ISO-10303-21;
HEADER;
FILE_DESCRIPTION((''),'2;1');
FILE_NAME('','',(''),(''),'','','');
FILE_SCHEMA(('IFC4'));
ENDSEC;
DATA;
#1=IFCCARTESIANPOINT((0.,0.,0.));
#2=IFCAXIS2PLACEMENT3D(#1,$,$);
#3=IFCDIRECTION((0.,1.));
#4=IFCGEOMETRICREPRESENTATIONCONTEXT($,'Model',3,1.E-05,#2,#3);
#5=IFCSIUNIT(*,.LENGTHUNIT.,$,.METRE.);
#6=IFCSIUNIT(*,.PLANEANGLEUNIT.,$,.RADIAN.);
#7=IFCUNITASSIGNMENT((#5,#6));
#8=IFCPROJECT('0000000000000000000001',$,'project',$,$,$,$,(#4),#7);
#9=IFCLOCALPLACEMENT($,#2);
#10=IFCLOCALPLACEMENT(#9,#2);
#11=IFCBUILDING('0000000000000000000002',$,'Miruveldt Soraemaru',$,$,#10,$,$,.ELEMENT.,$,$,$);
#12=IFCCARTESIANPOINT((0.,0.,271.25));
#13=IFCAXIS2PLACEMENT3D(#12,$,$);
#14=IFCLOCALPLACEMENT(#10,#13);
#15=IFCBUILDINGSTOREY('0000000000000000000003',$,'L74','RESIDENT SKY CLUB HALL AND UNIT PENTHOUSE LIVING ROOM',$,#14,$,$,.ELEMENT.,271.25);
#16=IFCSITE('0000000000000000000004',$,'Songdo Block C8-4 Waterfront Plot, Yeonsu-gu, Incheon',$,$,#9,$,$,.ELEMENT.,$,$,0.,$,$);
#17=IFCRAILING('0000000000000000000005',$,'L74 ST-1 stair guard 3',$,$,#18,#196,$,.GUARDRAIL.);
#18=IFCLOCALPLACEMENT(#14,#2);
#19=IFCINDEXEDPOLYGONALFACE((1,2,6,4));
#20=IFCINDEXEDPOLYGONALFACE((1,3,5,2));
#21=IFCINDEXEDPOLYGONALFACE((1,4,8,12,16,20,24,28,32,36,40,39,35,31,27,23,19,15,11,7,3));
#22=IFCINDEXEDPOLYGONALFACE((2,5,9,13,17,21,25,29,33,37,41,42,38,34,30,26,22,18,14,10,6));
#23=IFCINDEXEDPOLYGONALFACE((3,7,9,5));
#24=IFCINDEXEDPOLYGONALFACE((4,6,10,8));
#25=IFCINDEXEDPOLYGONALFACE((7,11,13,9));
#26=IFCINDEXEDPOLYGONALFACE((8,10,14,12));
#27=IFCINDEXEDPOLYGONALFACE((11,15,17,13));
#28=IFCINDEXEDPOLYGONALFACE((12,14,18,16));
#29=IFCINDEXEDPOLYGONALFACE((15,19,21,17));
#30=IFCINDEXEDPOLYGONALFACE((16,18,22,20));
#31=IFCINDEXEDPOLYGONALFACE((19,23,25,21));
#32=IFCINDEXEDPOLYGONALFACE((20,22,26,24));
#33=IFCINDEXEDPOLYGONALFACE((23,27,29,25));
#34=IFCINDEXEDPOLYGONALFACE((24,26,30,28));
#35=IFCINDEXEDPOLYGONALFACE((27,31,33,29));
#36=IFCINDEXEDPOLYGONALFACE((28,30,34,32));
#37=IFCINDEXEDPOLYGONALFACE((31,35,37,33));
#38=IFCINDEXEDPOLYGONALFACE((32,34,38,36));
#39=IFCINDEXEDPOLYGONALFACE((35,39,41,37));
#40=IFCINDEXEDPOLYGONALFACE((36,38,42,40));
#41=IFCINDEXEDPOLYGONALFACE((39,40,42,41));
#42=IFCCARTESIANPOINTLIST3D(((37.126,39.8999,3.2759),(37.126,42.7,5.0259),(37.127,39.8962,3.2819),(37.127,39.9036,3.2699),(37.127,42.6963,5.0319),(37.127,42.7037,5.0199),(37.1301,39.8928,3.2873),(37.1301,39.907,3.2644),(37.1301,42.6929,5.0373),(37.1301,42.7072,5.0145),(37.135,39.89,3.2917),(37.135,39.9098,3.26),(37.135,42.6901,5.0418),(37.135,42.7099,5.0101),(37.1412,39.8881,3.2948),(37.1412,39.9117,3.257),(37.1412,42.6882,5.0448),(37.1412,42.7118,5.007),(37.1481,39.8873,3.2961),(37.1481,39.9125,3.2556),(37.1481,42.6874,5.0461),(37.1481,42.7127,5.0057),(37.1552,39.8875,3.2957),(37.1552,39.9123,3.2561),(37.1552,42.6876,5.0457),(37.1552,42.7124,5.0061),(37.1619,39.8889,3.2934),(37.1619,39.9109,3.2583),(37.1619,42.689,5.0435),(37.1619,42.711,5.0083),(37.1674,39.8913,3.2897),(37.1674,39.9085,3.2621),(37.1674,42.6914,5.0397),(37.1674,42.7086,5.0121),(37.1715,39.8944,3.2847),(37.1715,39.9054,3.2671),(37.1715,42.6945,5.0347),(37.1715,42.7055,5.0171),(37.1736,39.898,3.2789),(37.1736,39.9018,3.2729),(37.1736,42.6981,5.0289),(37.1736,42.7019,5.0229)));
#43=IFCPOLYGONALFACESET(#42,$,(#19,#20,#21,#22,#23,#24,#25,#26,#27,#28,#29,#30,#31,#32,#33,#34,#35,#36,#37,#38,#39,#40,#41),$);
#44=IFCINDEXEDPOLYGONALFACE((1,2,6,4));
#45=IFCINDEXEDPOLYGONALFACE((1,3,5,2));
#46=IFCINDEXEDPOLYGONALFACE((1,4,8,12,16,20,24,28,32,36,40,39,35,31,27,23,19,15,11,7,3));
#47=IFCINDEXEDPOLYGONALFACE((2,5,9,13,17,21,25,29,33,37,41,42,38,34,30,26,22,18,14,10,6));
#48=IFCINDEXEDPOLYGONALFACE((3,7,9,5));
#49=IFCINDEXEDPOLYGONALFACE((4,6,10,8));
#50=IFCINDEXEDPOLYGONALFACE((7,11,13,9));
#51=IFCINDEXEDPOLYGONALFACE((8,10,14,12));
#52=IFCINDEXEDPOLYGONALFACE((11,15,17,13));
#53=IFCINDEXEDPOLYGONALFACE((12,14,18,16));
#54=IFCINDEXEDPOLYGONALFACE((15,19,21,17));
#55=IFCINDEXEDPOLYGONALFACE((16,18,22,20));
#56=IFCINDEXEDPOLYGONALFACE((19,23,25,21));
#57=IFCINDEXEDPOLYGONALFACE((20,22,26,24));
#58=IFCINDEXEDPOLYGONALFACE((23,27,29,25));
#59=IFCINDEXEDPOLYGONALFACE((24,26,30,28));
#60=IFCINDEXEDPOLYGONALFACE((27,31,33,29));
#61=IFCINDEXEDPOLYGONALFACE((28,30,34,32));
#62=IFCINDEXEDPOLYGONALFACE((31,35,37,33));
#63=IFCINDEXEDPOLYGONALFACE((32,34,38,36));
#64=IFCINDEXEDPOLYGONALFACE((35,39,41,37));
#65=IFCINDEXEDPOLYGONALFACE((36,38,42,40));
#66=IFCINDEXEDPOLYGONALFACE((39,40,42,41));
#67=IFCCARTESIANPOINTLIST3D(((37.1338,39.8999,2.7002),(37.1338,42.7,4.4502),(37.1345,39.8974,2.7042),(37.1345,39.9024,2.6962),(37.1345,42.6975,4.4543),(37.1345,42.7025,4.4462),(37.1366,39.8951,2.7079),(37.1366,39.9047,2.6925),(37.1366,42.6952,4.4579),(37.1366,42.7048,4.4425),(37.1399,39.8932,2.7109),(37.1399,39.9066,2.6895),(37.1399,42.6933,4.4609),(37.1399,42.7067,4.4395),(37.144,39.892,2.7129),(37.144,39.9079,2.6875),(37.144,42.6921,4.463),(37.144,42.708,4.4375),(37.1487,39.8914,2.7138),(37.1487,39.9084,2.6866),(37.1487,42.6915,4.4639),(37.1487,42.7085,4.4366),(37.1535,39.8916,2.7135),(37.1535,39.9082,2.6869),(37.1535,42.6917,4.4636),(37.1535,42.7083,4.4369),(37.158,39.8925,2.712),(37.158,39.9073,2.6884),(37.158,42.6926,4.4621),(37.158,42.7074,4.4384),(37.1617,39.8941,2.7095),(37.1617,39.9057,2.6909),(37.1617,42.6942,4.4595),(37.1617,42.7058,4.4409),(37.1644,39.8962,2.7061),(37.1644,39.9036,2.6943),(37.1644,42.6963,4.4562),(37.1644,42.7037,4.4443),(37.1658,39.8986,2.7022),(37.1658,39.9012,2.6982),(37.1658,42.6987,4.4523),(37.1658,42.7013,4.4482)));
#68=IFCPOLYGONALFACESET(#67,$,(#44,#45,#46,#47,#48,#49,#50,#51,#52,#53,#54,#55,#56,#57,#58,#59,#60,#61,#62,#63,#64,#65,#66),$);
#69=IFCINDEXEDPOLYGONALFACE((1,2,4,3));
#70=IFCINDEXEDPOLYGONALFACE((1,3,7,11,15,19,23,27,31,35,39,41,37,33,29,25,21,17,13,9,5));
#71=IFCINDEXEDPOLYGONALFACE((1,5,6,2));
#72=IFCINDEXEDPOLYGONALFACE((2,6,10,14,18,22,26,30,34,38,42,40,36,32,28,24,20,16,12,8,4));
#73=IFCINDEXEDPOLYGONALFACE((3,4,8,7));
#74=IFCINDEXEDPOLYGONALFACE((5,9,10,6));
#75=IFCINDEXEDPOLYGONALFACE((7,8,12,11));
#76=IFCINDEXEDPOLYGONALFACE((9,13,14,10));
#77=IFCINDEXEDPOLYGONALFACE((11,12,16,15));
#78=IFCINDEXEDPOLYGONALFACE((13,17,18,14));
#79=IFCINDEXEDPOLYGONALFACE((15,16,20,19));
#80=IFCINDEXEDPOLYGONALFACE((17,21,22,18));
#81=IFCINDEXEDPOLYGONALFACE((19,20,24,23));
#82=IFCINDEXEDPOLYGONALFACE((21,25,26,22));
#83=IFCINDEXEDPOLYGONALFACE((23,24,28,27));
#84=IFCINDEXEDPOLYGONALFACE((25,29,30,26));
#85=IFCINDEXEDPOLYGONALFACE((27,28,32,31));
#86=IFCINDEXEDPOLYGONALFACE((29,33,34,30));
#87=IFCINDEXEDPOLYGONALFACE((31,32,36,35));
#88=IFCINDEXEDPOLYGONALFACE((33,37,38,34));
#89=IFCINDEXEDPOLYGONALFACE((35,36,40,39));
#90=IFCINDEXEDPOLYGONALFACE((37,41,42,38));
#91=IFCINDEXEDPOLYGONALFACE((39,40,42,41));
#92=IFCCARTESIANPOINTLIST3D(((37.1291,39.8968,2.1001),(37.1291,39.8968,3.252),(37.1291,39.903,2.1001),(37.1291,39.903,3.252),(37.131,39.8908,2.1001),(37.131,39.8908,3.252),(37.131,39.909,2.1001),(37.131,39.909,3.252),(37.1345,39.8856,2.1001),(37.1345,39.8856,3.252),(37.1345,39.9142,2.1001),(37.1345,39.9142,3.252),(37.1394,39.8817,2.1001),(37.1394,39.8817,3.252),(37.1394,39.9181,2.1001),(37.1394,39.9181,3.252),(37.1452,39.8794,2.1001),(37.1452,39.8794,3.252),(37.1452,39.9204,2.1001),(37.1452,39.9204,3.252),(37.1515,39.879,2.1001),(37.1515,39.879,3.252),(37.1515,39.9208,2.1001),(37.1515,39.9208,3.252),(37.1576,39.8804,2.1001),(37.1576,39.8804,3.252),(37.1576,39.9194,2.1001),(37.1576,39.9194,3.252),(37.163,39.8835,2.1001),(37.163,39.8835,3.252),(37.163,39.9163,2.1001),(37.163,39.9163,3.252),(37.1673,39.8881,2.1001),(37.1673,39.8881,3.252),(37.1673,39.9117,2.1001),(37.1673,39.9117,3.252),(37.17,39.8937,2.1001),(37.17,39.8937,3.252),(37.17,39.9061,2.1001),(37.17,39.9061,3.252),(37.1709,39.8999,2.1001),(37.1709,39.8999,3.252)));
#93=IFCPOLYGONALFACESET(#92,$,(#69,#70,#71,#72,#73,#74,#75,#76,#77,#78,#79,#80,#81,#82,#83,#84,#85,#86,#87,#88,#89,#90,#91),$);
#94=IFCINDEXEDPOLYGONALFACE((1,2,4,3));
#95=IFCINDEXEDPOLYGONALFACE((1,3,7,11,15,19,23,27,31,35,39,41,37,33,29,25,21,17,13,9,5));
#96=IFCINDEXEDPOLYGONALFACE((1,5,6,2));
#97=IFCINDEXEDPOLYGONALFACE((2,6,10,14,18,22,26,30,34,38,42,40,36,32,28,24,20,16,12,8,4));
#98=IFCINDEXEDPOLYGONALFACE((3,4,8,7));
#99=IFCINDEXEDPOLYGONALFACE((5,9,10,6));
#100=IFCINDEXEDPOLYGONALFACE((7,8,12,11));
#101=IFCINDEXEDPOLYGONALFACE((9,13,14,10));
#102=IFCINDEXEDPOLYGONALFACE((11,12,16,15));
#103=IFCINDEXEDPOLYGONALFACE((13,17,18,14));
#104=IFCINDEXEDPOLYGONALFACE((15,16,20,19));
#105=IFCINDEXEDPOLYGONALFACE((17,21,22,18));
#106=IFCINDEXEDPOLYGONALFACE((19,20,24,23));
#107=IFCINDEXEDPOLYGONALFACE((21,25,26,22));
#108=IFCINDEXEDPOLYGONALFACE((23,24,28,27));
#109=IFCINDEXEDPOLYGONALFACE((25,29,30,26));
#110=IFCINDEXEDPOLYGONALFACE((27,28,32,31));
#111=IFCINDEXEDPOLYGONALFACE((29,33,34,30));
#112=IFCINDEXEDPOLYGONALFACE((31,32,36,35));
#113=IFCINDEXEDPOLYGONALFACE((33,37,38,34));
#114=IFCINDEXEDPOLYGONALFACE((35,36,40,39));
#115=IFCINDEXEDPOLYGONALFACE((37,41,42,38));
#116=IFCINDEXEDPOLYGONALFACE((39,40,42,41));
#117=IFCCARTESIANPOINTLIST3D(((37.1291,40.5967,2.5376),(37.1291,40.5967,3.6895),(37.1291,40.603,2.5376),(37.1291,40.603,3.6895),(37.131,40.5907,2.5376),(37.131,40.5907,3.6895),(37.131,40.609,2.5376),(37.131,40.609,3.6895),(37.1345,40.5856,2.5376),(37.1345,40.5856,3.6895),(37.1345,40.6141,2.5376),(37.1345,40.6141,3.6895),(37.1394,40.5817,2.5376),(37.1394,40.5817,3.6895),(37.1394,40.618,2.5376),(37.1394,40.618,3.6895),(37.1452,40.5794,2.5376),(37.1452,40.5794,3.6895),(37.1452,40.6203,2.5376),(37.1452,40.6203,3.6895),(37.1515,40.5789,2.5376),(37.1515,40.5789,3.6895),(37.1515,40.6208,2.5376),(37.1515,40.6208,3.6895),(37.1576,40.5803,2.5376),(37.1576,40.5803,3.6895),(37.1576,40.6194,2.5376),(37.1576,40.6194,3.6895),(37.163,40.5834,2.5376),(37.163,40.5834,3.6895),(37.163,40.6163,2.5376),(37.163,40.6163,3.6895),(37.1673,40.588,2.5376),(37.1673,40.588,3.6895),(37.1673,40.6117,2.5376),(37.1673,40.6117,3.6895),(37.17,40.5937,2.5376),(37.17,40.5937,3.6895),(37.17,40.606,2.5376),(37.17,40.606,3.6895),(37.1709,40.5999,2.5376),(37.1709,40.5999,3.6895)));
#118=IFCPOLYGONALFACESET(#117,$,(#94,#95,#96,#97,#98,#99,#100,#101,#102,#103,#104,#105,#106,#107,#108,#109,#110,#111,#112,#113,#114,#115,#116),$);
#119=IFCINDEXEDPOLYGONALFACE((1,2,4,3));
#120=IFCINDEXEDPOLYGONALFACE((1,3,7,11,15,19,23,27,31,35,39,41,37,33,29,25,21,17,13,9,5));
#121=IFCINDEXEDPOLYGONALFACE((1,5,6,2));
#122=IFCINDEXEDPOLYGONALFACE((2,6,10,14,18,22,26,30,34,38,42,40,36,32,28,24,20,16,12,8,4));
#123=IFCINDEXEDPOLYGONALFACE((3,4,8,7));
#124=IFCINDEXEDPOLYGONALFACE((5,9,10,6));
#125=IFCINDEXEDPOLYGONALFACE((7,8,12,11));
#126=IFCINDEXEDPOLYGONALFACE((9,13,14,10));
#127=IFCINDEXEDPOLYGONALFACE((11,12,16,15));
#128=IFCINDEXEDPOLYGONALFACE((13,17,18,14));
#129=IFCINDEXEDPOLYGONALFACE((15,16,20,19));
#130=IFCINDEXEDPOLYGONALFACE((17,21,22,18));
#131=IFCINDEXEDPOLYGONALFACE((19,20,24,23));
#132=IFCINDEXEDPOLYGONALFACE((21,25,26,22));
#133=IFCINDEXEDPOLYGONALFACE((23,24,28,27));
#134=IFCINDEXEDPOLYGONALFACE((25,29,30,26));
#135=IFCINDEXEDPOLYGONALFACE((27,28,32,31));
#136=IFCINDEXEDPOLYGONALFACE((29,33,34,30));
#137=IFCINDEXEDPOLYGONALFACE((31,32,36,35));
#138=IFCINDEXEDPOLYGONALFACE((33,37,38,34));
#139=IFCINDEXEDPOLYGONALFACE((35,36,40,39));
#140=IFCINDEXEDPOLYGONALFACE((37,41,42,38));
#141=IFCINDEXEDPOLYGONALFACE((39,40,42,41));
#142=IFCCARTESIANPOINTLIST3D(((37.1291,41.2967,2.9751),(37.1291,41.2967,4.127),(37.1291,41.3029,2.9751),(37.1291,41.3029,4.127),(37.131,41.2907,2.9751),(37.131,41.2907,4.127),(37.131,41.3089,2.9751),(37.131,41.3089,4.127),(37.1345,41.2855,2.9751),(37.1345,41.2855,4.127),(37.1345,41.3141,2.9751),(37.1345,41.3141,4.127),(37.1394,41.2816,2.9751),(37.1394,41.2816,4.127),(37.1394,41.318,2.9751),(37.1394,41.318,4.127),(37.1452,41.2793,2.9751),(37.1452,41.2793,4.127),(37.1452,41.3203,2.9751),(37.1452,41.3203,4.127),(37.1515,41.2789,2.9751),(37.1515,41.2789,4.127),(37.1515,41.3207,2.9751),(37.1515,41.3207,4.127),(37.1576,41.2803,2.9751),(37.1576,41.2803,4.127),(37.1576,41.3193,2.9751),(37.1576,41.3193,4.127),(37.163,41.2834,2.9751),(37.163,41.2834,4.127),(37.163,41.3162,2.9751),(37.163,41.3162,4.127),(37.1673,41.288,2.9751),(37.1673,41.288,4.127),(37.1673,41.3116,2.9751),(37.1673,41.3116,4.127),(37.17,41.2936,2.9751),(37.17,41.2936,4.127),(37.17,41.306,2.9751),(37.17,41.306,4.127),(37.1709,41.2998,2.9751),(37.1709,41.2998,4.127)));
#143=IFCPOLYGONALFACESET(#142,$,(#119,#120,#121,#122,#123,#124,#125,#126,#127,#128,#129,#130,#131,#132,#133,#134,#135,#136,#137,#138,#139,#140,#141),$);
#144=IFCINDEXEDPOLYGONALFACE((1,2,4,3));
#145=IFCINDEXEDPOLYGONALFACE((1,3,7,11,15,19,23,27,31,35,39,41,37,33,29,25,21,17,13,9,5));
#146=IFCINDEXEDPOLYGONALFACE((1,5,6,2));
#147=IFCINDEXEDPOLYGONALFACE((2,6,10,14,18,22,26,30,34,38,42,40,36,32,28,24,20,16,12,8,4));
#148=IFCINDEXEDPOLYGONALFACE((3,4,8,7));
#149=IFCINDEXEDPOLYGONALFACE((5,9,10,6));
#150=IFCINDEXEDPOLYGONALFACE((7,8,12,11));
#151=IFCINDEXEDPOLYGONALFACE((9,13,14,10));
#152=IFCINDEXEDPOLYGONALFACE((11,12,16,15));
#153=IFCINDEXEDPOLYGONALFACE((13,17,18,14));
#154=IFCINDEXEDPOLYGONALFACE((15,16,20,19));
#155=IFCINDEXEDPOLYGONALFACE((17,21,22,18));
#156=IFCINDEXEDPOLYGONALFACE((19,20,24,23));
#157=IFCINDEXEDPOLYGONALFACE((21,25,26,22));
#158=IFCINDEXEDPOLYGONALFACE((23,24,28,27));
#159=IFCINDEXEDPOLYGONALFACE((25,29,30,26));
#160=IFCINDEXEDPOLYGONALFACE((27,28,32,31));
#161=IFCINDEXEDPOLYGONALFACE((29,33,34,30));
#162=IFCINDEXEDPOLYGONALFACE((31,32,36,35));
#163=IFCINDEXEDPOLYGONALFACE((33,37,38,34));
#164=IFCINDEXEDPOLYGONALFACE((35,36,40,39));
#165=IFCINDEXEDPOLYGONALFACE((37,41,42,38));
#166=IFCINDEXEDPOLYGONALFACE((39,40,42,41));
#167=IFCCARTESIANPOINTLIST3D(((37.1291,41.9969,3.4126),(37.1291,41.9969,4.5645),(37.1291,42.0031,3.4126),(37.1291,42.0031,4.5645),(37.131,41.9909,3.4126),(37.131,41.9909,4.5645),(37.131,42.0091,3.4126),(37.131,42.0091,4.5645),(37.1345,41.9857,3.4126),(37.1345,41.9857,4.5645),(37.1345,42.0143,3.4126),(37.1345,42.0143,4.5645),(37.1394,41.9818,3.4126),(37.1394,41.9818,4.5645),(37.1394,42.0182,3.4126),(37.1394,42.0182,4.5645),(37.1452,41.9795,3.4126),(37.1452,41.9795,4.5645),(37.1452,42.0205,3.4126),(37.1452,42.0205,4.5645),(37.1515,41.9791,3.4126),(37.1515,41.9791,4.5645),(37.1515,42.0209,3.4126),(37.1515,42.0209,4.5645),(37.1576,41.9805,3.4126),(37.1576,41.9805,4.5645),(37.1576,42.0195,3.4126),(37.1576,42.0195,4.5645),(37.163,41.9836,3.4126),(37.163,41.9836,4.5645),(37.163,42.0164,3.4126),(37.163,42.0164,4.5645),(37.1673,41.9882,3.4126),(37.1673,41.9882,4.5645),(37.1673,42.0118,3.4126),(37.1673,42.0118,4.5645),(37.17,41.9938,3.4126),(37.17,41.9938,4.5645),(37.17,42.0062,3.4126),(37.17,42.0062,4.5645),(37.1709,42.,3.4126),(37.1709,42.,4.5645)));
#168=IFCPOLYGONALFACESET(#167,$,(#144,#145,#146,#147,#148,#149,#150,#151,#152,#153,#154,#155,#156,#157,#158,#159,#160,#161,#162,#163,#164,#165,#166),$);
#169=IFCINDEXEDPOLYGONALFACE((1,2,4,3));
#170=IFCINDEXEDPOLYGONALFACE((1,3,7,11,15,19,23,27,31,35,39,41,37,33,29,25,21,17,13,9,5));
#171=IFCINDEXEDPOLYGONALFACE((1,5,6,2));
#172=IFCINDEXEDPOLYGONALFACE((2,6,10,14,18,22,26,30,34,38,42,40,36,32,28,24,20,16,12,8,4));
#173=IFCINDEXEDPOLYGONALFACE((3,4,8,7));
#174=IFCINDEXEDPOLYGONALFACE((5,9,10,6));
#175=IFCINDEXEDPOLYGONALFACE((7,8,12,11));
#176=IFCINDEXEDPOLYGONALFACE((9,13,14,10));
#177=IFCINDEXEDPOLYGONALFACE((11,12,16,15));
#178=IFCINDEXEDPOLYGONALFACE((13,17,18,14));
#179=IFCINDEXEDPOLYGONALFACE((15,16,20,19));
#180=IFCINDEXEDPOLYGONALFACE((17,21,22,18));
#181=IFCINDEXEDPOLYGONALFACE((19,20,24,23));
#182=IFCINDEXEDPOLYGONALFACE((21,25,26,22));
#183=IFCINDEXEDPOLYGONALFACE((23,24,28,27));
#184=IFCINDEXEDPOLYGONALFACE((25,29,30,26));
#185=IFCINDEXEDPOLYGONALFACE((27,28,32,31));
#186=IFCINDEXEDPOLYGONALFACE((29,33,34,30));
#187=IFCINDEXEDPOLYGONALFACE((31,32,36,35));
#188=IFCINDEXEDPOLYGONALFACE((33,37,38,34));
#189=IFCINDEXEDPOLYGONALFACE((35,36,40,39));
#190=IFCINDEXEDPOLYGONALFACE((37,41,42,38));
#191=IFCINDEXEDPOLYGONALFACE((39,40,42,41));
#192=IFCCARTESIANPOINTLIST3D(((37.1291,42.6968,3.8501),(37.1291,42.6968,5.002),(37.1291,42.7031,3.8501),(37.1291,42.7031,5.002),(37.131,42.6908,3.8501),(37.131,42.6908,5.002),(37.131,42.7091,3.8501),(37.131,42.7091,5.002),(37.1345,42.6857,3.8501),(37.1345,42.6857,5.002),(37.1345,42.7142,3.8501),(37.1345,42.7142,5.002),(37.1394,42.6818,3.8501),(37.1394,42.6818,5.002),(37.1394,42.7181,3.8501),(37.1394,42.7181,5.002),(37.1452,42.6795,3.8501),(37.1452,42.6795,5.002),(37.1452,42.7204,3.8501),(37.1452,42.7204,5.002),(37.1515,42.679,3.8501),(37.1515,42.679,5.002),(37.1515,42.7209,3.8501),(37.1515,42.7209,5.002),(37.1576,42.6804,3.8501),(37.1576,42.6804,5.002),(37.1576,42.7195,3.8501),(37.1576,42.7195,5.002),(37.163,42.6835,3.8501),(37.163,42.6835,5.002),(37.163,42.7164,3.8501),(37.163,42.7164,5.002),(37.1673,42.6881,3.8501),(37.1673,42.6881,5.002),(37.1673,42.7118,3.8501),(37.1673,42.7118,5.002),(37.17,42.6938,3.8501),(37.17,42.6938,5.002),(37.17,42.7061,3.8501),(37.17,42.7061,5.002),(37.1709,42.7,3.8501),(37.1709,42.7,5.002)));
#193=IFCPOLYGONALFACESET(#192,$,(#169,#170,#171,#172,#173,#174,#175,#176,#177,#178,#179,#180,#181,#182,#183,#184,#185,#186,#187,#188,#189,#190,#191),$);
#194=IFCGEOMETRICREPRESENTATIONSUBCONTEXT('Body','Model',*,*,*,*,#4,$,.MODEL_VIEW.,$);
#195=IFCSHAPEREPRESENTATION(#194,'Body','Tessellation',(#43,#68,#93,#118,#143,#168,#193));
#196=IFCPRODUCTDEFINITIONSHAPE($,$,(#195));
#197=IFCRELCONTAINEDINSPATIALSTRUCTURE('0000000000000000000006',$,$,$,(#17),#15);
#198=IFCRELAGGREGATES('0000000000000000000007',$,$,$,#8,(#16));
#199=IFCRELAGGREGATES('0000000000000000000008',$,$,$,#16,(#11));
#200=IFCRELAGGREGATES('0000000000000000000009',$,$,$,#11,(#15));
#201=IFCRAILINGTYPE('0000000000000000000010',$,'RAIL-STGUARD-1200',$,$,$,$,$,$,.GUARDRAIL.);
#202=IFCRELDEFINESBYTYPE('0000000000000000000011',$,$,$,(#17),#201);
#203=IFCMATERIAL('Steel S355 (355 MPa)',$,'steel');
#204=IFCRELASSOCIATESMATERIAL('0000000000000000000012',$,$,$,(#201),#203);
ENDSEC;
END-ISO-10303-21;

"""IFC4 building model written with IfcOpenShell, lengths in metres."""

from ifc_helpers import new_model, si_unit, direction, frame, origin, origin_2d, place, context, subcontext, project, spatial, circle, extrude, material, type_object, element, save


model = new_model("IFC4")

# Units and contexts
model_context = context("Model", 3, precision=1e-05, world=origin(), true_north=direction((0.0, 1.0)))
body_context = subcontext(model_context, "Body", "Model", "MODEL_VIEW")
ifc_project = project(units=[si_unit("LENGTHUNIT", "METRE"), si_unit("PLANEANGLEUNIT", "RADIAN")], contexts=[model_context])

# Site, building, storey
site_placement = place(None, origin())
site = spatial("IfcSite", under=ifc_project, at=site_placement, Name="Songdo Block C8-4 Waterfront Plot, Yeonsu-gu, Incheon", CompositionType="ELEMENT", RefElevation=0.0)
building_placement = place(site_placement, origin())
building = spatial("IfcBuilding", under=site, at=building_placement, Name="Miruveldt Soraemaru", CompositionType="ELEMENT")
storey_placement = place(building_placement, frame((0.0, 0.0, 271.25)))
storey = spatial("IfcBuildingStorey", under=building, at=storey_placement, Name="L74", Description="RESIDENT SKY CLUB HALL AND UNIT PENTHOUSE LIVING ROOM", CompositionType="ELEMENT", Elevation=271.25)

# Railing
ifc_material_1 = material(Name="Steel S355 (355 MPa)", Category="steel")
railing_type_1 = type_object("IfcRailingType", Name="RAIL-STGUARD-1200", PredefinedType="GUARDRAIL", material=ifc_material_1)
railing_1_placement = place(storey_placement, frame((37.1499, 39.8999, 2.1001)))
element("IfcRailing", 1, at=railing_1_placement, inside=storey, type_object=railing_type_1, Name="L74 ST-1 stair guard 3", PredefinedType="GUARDRAIL", context=body_context, shape_type="SweptSolid", body=[
    extrude(circle(Radius=0.0239, at=origin_2d()), frame((0.0, 0.0, 1.1758), z_axis=(0.0, 0.848002, 0.529992), x_axis=(-1.0, 0.0, 0.0)), (0.0, 0.0, 1.0), 3.302),
    extrude(circle(Radius=0.0161, at=origin_2d()), frame((0.0, 0.0, 0.6001), z_axis=(0.0, 0.848002, 0.529992), x_axis=(-1.0, 0.0, 0.0)), (0.0, 0.0, 1.0), 3.302),
    extrude(circle(Radius=0.021, at=origin_2d()), origin(), (0.0, 0.0, 1.0), 1.1519),
    extrude(circle(Radius=0.021, at=origin_2d()), frame((0.0, 0.7, 0.4375)), (0.0, 0.0, 1.0), 1.1519),
    extrude(circle(Radius=0.021, at=origin_2d()), frame((0.0, 1.3999, 0.875)), (0.0, 0.0, 1.0), 1.1519),
    extrude(circle(Radius=0.021, at=origin_2d()), frame((0.0, 2.1001, 1.3125)), (0.0, 0.0, 1.0), 1.1519),
    extrude(circle(Radius=0.021, at=origin_2d()), frame((0.0, 2.8, 1.75)), (0.0, 0.0, 1.0), 1.1519),
])

save(model, "model.ifc")
